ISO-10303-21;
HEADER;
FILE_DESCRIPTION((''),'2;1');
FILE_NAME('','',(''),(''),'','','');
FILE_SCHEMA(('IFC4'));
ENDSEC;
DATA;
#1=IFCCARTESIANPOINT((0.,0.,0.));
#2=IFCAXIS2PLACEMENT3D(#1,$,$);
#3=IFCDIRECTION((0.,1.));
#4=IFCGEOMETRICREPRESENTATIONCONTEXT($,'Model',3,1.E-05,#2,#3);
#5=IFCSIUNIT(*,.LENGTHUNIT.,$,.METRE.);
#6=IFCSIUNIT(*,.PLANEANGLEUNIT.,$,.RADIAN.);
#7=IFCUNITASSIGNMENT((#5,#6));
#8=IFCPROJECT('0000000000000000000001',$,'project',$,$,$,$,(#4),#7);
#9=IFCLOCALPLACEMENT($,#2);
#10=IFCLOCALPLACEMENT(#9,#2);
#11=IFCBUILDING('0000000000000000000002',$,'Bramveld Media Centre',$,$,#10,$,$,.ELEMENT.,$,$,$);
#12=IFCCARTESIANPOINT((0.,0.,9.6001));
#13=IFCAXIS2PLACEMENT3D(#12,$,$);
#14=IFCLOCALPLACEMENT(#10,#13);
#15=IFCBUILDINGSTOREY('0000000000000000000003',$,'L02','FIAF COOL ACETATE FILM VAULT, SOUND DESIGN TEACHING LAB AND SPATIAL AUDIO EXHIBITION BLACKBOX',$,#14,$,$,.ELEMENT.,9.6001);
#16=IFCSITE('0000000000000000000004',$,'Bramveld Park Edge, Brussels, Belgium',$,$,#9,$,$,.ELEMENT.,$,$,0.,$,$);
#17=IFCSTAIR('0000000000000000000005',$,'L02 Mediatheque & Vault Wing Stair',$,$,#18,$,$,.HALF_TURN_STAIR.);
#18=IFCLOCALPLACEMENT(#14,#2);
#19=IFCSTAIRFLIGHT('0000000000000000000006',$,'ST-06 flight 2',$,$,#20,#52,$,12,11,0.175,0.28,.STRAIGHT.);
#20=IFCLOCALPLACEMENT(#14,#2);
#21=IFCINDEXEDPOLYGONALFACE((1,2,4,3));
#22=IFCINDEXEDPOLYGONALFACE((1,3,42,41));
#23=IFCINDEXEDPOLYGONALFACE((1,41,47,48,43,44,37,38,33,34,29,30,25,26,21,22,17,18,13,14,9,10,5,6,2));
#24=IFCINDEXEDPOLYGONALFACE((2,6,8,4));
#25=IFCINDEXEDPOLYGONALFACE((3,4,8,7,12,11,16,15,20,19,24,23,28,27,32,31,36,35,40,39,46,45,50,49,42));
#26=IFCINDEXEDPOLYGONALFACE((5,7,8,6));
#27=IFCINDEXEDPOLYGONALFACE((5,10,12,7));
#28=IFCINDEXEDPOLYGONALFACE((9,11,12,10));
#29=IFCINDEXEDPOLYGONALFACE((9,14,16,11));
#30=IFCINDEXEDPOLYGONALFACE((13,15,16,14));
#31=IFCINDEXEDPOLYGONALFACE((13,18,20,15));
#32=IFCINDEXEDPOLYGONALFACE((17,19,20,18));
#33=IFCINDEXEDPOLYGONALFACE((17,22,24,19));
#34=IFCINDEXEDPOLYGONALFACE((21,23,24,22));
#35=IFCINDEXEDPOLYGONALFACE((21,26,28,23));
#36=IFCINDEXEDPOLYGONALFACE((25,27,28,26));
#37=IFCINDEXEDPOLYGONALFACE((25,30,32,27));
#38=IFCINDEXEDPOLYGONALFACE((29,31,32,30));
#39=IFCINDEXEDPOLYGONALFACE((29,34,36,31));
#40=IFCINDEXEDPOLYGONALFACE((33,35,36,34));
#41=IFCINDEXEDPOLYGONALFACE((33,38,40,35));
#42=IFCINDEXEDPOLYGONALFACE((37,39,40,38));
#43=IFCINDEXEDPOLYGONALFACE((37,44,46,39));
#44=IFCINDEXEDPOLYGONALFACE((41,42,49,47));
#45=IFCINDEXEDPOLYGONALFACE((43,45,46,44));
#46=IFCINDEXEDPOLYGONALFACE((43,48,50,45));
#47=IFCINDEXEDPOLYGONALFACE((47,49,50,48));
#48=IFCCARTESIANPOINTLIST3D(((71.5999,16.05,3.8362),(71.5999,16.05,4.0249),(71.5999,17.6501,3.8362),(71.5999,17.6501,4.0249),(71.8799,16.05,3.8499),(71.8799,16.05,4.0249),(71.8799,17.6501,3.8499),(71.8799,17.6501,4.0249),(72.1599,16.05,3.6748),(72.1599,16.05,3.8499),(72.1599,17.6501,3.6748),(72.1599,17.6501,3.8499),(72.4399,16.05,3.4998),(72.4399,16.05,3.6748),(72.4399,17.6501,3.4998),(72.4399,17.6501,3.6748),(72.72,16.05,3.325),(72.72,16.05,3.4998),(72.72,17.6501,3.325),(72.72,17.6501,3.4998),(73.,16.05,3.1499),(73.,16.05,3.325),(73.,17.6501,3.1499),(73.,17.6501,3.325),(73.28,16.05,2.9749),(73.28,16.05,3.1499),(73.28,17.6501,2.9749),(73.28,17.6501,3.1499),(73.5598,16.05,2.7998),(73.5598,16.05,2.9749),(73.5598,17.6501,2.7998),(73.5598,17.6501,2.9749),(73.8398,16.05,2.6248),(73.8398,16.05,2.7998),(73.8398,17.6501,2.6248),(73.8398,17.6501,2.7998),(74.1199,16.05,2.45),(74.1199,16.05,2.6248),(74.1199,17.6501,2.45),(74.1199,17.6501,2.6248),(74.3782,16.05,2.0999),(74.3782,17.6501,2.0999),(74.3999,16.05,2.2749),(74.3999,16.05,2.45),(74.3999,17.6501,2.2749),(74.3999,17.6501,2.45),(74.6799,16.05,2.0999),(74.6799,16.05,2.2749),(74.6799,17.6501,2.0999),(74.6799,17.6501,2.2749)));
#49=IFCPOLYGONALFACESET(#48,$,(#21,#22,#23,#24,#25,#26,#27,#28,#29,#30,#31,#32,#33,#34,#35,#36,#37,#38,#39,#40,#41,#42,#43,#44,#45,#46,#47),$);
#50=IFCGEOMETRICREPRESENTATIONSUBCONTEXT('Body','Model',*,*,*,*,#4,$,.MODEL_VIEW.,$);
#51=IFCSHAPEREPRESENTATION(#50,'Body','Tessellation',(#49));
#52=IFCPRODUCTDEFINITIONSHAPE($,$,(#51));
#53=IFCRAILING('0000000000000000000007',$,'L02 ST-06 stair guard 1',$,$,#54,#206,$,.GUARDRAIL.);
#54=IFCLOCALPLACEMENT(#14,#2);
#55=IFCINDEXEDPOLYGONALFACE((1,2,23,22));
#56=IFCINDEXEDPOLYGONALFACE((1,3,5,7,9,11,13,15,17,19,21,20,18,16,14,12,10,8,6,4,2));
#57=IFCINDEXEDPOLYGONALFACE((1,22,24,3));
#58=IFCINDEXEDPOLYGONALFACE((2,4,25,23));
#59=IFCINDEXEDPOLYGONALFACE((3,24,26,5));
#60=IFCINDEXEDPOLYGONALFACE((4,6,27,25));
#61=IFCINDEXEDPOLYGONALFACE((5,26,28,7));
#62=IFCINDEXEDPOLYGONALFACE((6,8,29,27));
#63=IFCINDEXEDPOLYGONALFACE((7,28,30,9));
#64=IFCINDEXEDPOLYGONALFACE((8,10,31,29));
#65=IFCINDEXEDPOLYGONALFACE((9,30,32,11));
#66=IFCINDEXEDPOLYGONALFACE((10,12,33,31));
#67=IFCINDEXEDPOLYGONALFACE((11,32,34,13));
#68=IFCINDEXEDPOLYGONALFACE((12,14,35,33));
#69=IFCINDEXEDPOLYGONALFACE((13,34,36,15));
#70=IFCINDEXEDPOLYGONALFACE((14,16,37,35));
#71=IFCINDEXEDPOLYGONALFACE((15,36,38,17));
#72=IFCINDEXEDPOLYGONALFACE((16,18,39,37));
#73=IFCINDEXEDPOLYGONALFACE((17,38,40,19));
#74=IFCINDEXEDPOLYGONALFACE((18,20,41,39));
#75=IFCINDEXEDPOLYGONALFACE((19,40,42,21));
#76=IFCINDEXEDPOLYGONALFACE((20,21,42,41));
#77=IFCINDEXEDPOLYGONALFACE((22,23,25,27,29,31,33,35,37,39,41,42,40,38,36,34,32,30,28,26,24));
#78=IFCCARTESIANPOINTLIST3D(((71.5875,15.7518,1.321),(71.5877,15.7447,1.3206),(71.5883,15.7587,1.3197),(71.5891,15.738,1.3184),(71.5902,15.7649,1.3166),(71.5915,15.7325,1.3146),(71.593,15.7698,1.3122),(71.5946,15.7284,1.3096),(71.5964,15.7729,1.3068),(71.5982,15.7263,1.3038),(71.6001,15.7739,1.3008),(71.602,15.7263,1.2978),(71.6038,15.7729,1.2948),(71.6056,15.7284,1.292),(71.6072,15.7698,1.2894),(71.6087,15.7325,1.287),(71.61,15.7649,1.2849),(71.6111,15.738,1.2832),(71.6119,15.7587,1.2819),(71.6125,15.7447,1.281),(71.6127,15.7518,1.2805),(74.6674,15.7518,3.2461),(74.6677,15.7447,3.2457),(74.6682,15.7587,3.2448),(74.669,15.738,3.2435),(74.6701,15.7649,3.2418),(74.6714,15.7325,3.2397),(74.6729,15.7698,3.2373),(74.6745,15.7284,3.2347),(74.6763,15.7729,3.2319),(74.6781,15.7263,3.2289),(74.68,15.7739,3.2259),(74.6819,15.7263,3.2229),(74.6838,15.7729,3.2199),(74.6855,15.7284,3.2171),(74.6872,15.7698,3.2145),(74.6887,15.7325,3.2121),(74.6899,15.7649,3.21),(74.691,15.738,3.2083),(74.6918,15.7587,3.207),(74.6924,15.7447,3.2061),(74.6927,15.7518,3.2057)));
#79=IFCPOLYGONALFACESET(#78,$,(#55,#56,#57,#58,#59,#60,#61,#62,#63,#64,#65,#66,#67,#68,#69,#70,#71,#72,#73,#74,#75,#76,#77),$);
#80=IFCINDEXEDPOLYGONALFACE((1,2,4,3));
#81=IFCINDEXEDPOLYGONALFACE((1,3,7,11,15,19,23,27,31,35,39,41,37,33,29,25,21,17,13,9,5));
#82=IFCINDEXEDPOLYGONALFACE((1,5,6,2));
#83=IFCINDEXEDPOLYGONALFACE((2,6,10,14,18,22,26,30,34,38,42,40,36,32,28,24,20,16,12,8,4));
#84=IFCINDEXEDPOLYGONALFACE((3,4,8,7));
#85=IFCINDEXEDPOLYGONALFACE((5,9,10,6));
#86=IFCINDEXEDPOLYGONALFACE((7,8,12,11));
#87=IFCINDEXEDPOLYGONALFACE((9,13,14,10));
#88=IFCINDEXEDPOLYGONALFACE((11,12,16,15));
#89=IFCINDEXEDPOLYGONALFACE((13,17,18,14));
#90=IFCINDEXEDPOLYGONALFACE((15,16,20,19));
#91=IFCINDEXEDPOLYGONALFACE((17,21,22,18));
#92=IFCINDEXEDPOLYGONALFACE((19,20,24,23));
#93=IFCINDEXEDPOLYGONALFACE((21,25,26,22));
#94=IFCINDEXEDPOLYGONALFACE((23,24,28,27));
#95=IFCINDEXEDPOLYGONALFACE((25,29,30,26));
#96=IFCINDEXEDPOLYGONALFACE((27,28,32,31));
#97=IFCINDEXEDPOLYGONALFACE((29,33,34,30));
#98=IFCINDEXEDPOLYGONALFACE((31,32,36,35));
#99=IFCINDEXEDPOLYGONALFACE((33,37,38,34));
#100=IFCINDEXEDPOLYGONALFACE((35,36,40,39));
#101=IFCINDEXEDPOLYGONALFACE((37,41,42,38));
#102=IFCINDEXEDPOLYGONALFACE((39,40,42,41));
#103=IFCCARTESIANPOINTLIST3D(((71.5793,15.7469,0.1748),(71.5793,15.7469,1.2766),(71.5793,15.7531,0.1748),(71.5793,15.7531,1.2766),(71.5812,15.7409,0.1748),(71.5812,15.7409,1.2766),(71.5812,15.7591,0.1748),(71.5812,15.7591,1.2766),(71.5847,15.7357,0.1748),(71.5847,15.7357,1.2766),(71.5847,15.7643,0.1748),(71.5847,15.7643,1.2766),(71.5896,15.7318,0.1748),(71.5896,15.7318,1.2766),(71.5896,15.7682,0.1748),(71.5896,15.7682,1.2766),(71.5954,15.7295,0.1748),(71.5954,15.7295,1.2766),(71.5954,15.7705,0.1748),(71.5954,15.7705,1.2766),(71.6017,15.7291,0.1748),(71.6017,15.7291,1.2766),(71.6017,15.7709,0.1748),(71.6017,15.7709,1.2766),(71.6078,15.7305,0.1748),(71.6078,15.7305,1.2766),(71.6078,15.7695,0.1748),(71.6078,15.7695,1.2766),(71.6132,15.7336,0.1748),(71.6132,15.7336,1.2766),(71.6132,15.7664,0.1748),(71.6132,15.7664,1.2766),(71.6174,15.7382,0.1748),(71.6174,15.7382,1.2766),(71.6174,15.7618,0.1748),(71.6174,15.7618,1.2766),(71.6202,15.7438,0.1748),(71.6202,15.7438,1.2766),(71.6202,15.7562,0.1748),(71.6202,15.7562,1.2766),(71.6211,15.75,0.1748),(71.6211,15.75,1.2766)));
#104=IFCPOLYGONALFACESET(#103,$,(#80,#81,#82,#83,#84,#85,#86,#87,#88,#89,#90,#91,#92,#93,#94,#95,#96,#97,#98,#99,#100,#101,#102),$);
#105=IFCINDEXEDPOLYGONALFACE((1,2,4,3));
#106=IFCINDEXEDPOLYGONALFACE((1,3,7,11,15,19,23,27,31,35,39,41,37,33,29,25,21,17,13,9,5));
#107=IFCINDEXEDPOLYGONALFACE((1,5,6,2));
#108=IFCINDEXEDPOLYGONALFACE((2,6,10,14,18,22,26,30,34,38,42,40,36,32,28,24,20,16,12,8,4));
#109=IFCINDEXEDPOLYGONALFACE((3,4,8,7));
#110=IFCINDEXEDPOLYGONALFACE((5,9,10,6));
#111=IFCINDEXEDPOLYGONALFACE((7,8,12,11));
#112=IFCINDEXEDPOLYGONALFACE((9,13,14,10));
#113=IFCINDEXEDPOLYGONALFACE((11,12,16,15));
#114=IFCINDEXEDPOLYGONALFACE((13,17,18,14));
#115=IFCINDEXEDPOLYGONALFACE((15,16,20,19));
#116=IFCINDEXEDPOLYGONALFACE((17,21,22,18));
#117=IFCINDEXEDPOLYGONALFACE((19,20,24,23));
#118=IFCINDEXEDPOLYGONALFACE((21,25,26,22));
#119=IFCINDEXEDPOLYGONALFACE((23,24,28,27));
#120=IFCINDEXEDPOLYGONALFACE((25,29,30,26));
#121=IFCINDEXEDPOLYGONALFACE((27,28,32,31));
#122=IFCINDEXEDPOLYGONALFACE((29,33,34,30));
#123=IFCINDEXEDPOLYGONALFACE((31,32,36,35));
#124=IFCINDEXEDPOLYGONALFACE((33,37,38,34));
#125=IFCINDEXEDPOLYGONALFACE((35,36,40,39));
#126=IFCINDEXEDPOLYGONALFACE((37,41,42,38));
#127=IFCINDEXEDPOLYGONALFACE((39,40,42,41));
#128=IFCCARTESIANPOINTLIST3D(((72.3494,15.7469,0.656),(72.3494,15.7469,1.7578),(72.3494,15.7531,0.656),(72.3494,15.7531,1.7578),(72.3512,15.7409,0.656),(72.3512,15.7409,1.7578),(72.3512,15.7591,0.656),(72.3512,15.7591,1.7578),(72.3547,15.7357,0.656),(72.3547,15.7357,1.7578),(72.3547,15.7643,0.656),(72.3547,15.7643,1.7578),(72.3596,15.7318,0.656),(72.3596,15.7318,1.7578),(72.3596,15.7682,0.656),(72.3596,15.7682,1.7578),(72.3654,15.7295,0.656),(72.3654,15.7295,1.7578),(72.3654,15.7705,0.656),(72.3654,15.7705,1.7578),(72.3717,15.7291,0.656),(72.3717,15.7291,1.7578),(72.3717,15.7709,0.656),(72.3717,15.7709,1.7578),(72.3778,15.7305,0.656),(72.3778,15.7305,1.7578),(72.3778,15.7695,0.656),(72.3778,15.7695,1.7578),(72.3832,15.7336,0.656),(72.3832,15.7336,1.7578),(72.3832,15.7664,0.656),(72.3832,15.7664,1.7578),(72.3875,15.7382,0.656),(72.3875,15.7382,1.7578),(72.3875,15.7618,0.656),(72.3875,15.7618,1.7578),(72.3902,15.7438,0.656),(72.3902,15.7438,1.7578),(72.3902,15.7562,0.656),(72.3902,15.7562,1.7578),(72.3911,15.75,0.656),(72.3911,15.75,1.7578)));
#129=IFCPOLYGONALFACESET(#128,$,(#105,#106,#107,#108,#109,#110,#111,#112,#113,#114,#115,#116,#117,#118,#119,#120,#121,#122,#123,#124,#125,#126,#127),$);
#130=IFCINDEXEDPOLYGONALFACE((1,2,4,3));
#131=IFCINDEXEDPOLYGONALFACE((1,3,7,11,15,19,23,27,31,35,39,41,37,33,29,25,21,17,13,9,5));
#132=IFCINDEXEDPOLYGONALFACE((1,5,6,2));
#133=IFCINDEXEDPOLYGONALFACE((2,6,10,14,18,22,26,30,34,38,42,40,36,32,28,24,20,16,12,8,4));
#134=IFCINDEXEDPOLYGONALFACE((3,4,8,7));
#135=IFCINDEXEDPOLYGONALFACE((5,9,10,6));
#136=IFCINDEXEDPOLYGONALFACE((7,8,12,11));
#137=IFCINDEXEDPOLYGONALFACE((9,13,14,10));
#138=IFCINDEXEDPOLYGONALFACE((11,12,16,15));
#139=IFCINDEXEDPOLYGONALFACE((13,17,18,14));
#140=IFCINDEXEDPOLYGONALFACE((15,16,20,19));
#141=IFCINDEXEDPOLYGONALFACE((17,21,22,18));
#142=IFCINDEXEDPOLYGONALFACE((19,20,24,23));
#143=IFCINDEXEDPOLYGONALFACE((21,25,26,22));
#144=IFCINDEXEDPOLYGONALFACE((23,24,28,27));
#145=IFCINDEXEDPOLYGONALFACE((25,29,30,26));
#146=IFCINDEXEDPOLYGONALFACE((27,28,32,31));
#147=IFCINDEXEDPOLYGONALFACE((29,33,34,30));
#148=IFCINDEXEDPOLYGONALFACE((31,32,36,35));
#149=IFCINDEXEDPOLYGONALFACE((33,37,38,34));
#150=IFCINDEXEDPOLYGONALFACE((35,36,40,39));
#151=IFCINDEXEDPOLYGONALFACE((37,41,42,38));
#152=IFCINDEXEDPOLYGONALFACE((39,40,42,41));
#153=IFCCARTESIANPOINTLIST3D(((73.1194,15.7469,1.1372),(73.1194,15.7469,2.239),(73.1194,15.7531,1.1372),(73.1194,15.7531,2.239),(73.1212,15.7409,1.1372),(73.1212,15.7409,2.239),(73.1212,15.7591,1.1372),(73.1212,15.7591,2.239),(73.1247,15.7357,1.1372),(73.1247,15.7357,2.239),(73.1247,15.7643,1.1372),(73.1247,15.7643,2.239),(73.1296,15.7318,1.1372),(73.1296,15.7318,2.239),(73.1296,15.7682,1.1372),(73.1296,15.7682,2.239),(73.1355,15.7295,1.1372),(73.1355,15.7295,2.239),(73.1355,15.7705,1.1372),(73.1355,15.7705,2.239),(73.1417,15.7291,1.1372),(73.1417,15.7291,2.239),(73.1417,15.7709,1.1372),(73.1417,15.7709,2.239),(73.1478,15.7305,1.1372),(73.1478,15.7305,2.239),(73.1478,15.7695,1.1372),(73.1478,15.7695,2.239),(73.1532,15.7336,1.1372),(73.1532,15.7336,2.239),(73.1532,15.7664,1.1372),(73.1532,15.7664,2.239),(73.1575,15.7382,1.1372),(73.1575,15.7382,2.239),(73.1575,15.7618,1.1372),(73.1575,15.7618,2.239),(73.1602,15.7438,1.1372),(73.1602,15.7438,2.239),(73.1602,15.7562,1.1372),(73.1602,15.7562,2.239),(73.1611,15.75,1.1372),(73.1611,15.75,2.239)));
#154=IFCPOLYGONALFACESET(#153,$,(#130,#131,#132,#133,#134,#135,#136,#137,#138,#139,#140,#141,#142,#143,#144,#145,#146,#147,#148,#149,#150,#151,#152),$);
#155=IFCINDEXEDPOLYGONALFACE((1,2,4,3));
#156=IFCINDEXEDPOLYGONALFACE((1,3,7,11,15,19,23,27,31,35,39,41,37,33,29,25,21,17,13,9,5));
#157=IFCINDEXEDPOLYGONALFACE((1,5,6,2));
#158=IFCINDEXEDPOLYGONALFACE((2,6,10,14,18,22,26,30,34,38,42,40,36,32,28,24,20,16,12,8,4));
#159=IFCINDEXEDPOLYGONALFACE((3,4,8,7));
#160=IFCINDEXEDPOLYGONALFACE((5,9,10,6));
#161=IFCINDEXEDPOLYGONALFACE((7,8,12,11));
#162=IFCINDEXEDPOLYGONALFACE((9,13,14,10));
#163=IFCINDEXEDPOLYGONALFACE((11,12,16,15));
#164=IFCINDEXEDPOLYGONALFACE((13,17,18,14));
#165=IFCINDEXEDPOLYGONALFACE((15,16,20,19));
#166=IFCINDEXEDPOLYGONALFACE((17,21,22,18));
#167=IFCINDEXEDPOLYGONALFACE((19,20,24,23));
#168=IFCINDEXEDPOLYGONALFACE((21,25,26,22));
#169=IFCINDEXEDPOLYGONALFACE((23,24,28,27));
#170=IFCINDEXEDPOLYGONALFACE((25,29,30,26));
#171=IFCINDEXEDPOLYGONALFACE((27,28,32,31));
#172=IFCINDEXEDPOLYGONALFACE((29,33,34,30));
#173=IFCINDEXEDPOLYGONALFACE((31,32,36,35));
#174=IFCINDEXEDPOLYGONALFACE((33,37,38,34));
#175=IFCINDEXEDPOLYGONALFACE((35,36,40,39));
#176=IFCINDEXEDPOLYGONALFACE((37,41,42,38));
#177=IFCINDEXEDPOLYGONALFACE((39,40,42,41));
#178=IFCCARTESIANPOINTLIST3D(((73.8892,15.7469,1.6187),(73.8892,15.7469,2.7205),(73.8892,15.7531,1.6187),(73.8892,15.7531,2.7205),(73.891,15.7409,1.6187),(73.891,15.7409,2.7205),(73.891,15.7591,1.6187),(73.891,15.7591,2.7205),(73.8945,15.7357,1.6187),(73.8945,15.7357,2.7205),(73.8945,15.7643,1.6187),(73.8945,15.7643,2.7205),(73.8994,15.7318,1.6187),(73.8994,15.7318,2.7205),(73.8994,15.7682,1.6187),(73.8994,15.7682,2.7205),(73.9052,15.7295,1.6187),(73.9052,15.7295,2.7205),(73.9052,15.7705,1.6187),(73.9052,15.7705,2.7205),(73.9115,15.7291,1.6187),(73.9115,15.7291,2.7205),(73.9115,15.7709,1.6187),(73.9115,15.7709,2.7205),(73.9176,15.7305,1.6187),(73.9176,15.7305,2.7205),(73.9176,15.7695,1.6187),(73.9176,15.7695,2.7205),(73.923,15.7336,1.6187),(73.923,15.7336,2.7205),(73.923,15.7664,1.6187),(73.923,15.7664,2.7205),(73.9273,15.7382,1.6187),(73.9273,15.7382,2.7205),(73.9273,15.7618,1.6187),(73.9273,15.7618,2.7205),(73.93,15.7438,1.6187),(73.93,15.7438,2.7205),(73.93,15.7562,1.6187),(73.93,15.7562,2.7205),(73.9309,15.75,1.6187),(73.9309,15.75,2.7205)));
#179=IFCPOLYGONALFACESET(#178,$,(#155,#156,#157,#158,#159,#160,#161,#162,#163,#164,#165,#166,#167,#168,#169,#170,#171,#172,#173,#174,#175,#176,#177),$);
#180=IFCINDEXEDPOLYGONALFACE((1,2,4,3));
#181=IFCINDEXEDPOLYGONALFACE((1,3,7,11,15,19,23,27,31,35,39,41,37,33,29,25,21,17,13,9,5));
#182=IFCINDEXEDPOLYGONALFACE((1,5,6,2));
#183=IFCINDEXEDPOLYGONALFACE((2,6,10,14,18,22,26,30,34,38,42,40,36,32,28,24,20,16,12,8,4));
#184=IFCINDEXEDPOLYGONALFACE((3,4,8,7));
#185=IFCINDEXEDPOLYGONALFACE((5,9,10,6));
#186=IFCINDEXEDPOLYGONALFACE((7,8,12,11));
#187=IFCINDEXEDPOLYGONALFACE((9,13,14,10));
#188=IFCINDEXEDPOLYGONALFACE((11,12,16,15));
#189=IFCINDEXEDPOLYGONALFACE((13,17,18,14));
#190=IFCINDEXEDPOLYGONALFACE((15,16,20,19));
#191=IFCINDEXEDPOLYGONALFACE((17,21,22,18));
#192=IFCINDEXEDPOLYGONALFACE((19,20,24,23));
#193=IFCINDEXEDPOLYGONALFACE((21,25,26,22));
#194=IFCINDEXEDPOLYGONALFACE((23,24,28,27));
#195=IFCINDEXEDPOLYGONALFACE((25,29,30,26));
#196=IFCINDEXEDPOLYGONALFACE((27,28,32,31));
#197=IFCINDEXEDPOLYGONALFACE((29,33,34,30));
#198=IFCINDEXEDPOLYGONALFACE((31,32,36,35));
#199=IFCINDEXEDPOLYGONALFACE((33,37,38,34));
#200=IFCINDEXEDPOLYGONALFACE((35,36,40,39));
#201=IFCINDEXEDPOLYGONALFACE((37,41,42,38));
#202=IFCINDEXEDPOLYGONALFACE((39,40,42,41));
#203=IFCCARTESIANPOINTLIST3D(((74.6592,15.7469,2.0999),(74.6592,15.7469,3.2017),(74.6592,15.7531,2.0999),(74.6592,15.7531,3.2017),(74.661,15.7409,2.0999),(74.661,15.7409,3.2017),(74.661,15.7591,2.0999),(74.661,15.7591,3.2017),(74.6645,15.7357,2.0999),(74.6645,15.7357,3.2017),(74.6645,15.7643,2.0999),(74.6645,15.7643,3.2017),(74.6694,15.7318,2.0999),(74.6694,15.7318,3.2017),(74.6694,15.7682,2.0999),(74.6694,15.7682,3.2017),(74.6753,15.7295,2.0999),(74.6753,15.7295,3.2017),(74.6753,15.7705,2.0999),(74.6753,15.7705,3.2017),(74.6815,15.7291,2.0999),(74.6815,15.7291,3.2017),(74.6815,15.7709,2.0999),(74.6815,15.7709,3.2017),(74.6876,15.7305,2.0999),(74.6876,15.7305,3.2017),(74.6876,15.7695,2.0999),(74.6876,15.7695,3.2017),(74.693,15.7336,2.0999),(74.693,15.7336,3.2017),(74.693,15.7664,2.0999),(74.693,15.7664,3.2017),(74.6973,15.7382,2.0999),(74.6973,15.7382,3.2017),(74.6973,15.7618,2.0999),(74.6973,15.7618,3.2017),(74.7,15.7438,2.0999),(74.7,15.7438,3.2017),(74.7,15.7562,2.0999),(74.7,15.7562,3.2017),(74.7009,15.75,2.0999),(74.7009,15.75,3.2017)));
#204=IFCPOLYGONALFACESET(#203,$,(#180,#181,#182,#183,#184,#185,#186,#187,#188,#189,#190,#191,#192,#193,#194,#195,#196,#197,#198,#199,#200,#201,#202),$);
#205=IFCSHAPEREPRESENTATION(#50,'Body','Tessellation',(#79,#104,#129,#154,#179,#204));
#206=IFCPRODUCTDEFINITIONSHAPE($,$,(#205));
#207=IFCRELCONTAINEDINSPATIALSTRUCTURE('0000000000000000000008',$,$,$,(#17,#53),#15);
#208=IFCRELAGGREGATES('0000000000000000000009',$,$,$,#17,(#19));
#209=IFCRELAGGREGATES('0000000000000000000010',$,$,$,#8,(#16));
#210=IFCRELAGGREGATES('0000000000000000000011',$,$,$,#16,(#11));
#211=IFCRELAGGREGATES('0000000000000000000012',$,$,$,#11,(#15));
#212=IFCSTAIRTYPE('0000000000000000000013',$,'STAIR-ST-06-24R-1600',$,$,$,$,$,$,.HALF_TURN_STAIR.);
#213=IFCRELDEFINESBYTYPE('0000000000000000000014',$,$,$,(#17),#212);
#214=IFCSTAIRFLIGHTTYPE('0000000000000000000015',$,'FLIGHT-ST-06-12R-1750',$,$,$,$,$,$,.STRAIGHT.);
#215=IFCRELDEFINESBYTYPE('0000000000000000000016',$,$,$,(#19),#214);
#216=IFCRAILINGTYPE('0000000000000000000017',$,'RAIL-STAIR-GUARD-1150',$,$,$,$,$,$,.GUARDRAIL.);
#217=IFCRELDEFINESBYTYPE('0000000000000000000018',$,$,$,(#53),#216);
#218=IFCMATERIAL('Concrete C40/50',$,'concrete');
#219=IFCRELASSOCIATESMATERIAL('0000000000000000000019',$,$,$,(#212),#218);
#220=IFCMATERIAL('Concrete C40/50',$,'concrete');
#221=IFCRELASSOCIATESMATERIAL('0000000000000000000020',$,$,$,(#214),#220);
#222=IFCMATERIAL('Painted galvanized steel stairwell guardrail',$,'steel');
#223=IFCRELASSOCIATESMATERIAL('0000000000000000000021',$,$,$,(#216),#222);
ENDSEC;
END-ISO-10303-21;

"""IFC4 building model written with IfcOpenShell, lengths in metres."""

from ifc_helpers import new_model, si_unit, direction, frame, origin, origin_2d, place, context, subcontext, project, spatial, polyline, circle, outline, extrude, material, type_object, element, aggregate, save


model = new_model("IFC4")

# Units and contexts
model_context = context("Model", 3, precision=1e-05, world=origin(), true_north=direction((0.0, 1.0)))
body_context = subcontext(model_context, "Body", "Model", "MODEL_VIEW")
ifc_project = project(units=[si_unit("LENGTHUNIT", "METRE"), si_unit("PLANEANGLEUNIT", "RADIAN")], contexts=[model_context])

# Site, building, storey
site_placement = place(None, origin())
site = spatial("IfcSite", under=ifc_project, at=site_placement, Name="Bramveld Park Edge, Brussels, Belgium", CompositionType="ELEMENT", RefElevation=0.0)
building_placement = place(site_placement, origin())
building = spatial("IfcBuilding", under=site, at=building_placement, Name="Bramveld Media Centre", CompositionType="ELEMENT")
storey_placement = place(building_placement, frame((0.0, 0.0, 9.6001)))
storey = spatial("IfcBuildingStorey", under=building, at=storey_placement, Name="L02", Description="FIAF COOL ACETATE FILM VAULT, SOUND DESIGN TEACHING LAB AND SPATIAL AUDIO EXHIBITION BLACKBOX", CompositionType="ELEMENT", Elevation=9.6001)

# Stair, stair flight
ifc_material_1 = material(Name="Concrete C40/50", Category="concrete")
stair_type = type_object("IfcStairType", Name="STAIR-ST-06-24R-1600", PredefinedType="HALF_TURN_STAIR", material=ifc_material_1)
stair_placement = place(storey_placement, origin())
stair = element("IfcStair", 1, at=stair_placement, inside=storey, type_object=stair_type, Name="L02 Mediatheque & Vault Wing Stair", PredefinedType="HALF_TURN_STAIR")
ifc_material_2 = material(Name="Concrete C40/50", Category="concrete")
stair_flight_type = type_object("IfcStairFlightType", Name="FLIGHT-ST-06-12R-1750", PredefinedType="STRAIGHT", material=ifc_material_2)
stair_flight_1_placement = place(storey_placement, frame((74.6799, 16.8501, 2.0999), z_axis=(0.0, 0.0, 1.0), x_axis=(-1.0, 0.0, 0.0)))
stair_flight_1 = element("IfcStairFlight", 2, at=stair_flight_1_placement, type_object=stair_flight_type, Name="ST-06 flight 2", NumberOfRisers=12, NumberOfTreads=11, PredefinedType="STRAIGHT", RiserHeight=0.175, TreadLength=0.28, context=body_context, shape_type="SweptSolid", body=[
    extrude(outline(polyline([(0.0, 0.0), (0.0, 0.175), (0.28, 0.175), (0.28, 0.3501), (0.5601, 0.3501), (0.5601, 0.5249), (0.8401, 0.5249), (0.8401, 0.7), (1.1201, 0.7), (1.1201, 0.875), (1.3999, 0.875), (1.3999, 1.05), (1.6799, 1.05), (1.6799, 1.2251), (1.96, 1.2251), (1.96, 1.3999), (2.24, 1.3999), (2.24, 1.575), (2.52, 1.575), (2.52, 1.75), (2.8, 1.75), (2.8, 1.925), (3.0801, 1.925), (3.0801, 2.1001), (3.0801, 1.7363), (0.3018, 0.0), (0.0, 0.0)])), frame((0.0, 0.8, 0.0), z_axis=(0.0, -1.0, 0.0), x_axis=(1.0, 0.0, 0.0)), (0.0, 0.0, 1.0), 1.6001),
])
aggregate(stair, [stair_flight_1])

# Railing
ifc_material_3 = material(Name="Painted galvanized steel stairwell guardrail", Category="steel")
railing_type_1 = type_object("IfcRailingType", Name="RAIL-STAIR-GUARD-1150", PredefinedType="GUARDRAIL", material=ifc_material_3)
railing_1_placement = place(storey_placement, frame((71.6001, 15.75, 0.1748)))
element("IfcRailing", 3, at=railing_1_placement, inside=storey, type_object=railing_type_1, Name="L02 ST-06 stair guard 1", PredefinedType="GUARDRAIL", context=body_context, shape_type="SweptSolid", body=[
    extrude(circle(Radius=0.0239, at=origin_2d()), frame((0.0, 0.0, 1.126), z_axis=(0.847979, 0.0, 0.530029), x_axis=(0.0, 1.0, 0.0)), (0.0, 0.0, 1.0), 3.6321),
    extrude(circle(Radius=0.021, at=origin_2d()), origin(), (0.0, 0.0, 1.0), 1.1018),
    extrude(circle(Radius=0.021, at=origin_2d()), frame((0.77, 0.0, 0.4812)), (0.0, 0.0, 1.0), 1.1018),
    extrude(circle(Radius=0.021, at=origin_2d()), frame((1.54, 0.0, 0.9624)), (0.0, 0.0, 1.0), 1.1018),
    extrude(circle(Radius=0.021, at=origin_2d()), frame((2.3098, 0.0, 1.4438)), (0.0, 0.0, 1.0), 1.1018),
    extrude(circle(Radius=0.021, at=origin_2d()), frame((3.0798, 0.0, 1.925)), (0.0, 0.0, 1.0), 1.1018),
])

save(model, "model.ifc")
